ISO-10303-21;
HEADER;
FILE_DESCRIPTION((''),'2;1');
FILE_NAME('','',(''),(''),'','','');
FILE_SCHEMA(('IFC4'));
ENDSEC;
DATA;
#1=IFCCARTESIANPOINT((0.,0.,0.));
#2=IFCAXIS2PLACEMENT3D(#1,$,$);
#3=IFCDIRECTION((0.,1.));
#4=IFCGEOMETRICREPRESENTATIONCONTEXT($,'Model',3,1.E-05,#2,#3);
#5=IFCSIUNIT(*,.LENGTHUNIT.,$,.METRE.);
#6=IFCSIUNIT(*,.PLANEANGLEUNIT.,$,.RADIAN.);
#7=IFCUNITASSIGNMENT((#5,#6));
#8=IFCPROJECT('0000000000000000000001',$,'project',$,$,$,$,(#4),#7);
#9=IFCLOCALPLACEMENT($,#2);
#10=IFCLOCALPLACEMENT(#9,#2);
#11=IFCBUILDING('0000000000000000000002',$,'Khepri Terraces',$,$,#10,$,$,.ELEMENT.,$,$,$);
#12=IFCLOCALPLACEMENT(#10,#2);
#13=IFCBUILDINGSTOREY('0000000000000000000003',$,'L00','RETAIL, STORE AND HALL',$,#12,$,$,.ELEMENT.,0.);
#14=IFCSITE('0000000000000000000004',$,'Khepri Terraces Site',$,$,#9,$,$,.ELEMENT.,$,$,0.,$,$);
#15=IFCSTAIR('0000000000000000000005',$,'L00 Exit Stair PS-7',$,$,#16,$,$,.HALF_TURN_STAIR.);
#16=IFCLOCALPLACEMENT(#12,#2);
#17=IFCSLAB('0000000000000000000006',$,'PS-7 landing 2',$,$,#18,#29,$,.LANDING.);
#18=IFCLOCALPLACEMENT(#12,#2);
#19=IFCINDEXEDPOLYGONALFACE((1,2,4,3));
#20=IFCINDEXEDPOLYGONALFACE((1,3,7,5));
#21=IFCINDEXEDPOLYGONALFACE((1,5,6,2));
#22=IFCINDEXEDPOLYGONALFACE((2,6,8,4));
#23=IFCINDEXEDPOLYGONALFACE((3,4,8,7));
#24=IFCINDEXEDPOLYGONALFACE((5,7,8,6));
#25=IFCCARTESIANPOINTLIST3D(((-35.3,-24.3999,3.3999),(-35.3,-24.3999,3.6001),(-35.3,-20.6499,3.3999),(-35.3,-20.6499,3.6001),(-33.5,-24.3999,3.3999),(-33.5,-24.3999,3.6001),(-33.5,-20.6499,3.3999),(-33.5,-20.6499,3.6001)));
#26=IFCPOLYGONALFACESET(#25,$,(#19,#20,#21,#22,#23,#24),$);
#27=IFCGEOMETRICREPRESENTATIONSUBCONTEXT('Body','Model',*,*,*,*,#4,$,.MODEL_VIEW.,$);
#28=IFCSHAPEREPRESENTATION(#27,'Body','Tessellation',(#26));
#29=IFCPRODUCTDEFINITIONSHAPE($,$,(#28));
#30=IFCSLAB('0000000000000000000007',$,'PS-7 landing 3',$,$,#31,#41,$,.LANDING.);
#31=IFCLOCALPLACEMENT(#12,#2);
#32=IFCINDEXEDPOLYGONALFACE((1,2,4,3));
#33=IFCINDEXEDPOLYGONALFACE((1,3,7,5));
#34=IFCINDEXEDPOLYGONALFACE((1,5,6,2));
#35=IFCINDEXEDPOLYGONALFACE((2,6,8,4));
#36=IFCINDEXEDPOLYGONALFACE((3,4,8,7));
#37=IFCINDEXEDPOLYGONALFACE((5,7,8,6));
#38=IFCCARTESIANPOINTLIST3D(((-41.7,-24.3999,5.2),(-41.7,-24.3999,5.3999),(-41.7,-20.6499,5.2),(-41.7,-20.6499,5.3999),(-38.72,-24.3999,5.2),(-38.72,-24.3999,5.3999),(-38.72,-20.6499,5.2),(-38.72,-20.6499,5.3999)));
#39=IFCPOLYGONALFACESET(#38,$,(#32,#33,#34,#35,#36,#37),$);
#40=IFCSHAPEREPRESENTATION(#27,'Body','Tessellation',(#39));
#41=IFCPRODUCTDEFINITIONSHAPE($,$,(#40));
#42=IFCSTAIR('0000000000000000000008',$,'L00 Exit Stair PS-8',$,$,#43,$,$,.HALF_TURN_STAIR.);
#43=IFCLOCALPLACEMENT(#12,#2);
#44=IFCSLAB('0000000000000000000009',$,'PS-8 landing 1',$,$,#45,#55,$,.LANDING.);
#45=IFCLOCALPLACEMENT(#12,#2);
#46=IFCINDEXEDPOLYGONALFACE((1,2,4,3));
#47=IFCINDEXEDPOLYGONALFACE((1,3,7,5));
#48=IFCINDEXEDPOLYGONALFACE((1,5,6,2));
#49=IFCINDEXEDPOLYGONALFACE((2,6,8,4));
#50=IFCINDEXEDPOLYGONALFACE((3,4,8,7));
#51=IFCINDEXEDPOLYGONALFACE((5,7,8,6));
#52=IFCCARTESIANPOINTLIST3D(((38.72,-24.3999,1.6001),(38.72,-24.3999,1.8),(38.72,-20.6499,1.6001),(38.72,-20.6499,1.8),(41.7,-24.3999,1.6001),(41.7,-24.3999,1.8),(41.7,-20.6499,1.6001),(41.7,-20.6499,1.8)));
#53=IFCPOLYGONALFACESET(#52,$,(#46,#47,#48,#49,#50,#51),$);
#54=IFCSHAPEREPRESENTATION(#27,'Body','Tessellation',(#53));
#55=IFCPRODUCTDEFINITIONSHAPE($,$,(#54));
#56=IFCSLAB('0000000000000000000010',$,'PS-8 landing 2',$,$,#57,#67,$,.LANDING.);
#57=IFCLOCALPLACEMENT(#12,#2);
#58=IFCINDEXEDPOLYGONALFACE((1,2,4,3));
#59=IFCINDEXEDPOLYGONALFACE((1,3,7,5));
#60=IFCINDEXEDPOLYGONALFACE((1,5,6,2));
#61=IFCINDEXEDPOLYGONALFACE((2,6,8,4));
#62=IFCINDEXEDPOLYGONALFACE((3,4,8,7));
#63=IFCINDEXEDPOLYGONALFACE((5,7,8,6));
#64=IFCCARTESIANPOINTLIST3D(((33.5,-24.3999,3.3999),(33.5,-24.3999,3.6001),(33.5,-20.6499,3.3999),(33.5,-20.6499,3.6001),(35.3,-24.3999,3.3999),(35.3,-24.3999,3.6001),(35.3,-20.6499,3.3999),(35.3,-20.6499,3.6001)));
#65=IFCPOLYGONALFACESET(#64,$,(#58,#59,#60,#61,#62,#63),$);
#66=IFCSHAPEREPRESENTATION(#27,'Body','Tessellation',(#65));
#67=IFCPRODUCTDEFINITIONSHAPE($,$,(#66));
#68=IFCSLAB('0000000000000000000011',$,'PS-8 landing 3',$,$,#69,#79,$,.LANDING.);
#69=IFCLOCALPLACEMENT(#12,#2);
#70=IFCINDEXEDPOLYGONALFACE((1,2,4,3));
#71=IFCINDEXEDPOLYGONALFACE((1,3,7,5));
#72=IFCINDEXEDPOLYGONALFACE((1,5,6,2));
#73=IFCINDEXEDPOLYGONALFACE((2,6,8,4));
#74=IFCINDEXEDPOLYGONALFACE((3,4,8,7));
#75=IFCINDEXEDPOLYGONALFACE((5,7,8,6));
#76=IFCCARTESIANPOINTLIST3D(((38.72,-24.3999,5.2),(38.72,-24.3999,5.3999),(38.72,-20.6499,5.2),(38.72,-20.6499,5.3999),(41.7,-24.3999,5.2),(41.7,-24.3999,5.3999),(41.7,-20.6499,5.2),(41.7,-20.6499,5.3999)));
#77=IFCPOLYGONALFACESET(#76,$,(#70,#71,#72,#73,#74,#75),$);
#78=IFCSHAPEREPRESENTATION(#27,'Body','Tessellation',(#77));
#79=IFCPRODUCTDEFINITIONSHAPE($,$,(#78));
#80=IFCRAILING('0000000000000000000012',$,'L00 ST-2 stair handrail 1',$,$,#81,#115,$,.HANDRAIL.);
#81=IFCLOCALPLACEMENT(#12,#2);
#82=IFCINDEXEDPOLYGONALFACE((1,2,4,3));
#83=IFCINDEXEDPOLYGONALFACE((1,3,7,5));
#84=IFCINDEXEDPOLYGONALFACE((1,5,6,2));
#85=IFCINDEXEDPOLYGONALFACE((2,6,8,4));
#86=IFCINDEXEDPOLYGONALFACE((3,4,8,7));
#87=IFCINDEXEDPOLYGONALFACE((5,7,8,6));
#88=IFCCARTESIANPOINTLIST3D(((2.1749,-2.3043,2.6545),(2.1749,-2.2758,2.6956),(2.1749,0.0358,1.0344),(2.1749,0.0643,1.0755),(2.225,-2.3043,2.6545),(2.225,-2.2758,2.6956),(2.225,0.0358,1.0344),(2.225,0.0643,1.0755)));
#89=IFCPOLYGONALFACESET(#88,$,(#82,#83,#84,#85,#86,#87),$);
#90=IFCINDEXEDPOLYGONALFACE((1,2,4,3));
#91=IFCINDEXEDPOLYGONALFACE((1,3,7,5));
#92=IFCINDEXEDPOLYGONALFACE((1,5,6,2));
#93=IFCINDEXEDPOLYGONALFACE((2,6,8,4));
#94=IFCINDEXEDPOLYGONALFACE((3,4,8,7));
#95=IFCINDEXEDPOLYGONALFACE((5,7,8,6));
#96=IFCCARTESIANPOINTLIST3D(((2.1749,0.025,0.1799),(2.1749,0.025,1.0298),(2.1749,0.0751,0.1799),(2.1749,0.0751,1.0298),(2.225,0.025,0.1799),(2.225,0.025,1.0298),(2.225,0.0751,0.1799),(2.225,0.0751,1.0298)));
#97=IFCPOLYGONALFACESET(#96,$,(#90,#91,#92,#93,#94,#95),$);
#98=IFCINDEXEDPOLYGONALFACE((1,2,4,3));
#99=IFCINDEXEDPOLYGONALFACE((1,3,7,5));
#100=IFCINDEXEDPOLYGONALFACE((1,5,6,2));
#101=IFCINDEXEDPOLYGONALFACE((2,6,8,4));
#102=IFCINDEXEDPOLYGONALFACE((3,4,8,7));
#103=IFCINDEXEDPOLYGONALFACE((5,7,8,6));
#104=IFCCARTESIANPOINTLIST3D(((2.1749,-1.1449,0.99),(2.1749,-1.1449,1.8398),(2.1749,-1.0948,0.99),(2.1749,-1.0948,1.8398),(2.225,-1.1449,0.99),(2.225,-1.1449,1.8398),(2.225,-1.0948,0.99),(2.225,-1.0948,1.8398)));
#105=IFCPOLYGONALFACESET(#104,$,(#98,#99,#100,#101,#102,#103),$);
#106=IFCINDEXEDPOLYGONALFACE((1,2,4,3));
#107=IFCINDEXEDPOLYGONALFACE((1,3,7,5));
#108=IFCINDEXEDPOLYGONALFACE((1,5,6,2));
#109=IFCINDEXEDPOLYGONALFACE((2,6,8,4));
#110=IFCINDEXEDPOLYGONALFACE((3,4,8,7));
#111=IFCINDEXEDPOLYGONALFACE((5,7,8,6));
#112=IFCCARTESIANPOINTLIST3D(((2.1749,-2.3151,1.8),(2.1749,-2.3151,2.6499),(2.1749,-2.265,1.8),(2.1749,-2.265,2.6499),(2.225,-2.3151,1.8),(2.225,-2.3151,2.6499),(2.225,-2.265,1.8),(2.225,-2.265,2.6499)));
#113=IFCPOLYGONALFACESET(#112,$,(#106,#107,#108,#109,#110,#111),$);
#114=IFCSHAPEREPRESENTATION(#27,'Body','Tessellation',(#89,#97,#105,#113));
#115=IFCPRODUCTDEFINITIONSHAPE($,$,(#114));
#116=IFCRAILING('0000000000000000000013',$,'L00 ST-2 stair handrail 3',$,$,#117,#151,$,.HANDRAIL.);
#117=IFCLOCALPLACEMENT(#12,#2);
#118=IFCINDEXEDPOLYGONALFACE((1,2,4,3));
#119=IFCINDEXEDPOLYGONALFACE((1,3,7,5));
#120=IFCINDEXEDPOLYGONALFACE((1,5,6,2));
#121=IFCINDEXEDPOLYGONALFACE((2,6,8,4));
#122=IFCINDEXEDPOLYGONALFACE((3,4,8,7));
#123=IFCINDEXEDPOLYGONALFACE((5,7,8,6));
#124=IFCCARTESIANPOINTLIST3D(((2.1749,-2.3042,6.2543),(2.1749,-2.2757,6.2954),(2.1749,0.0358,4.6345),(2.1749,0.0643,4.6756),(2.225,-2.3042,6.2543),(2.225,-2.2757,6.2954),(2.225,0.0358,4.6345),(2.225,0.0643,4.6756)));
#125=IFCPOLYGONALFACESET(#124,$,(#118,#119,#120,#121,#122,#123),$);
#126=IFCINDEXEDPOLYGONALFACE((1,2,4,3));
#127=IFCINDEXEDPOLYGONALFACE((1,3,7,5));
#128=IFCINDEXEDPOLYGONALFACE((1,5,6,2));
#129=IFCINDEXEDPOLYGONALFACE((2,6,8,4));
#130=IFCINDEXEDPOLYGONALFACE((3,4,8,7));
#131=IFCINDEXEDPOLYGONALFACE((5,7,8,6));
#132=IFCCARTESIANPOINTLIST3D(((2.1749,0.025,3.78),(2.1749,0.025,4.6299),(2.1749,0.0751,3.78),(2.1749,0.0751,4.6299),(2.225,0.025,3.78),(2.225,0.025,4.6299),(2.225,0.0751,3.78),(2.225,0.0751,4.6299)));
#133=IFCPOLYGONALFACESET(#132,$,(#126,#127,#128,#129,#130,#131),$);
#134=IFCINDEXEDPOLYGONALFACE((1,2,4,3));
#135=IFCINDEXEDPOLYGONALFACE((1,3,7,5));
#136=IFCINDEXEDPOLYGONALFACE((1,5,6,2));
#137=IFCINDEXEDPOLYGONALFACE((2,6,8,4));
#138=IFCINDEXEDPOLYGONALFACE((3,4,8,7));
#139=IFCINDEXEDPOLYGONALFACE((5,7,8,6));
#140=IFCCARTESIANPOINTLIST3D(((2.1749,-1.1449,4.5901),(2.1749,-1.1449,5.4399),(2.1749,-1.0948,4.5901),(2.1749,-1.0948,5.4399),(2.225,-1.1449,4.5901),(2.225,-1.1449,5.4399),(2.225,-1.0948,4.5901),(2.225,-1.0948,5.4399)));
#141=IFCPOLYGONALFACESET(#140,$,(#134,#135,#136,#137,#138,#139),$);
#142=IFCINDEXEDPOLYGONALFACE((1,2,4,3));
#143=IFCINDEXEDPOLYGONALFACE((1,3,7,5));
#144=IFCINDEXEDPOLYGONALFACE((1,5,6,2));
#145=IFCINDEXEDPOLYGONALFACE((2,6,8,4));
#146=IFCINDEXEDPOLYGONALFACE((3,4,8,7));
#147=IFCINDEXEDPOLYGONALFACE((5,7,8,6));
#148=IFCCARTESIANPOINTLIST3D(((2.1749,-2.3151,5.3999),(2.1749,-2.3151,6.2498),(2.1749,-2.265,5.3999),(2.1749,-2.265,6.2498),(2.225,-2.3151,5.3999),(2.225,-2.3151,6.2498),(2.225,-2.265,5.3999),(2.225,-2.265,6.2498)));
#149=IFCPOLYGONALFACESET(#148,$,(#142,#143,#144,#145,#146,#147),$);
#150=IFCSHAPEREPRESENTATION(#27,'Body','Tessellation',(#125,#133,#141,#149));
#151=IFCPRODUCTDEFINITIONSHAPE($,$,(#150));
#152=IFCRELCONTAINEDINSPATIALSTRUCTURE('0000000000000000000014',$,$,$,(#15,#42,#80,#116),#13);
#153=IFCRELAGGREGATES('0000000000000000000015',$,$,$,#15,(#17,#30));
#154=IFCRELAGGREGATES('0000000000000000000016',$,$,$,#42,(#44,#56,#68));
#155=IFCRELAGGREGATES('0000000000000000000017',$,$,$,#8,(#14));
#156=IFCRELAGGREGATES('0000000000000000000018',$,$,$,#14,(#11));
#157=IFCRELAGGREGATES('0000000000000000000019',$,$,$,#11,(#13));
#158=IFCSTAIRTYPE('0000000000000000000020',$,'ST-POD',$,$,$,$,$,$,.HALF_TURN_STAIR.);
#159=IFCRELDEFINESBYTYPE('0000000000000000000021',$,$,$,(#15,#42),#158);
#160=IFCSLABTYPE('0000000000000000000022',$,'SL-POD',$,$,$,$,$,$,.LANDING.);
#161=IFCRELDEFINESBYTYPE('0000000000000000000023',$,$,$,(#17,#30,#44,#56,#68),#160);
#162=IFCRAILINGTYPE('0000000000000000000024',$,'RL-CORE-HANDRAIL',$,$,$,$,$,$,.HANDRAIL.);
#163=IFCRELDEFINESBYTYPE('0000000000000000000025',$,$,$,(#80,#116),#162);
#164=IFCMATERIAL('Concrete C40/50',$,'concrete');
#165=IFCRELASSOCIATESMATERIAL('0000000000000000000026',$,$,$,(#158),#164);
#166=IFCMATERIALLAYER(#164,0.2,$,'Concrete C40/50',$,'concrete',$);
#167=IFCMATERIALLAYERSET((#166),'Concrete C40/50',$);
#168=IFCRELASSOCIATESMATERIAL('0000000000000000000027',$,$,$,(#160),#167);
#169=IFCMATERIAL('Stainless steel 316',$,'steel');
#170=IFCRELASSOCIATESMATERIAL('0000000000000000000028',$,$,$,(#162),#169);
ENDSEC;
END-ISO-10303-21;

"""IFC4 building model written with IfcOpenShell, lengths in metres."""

from ifc_helpers import new_model, si_unit, direction, frame, origin, origin_2d, place, context, subcontext, project, spatial, polyline, rectangle, outline, extrude, material, layer, layer_set, type_object, element, aggregate, save


model = new_model("IFC4")

# Units and contexts
model_context = context("Model", 3, precision=1e-05, world=origin(), true_north=direction((0.0, 1.0)))
body_context = subcontext(model_context, "Body", "Model", "MODEL_VIEW")
ifc_project = project(units=[si_unit("LENGTHUNIT", "METRE"), si_unit("PLANEANGLEUNIT", "RADIAN")], contexts=[model_context])

# Site, building, storey
site_placement = place(None, origin())
site = spatial("IfcSite", under=ifc_project, at=site_placement, Name="Khepri Terraces Site", CompositionType="ELEMENT", RefElevation=0.0)
building_placement = place(site_placement, origin())
building = spatial("IfcBuilding", under=site, at=building_placement, Name="Khepri Terraces", CompositionType="ELEMENT")
storey_placement = place(building_placement, origin())
storey = spatial("IfcBuildingStorey", under=building, at=storey_placement, Name="L00", Description="RETAIL, STORE AND HALL", CompositionType="ELEMENT", Elevation=0.0)

# Stairs, slabs
ifc_material_1 = material(Name="Concrete C40/50", Category="concrete")
stair_type = type_object("IfcStairType", Name="ST-POD", PredefinedType="HALF_TURN_STAIR", material=ifc_material_1)
ifc_layer = layer(ifc_material_1, 0.2, Name="Concrete C40/50", Category="concrete")
ifc_layer_set = layer_set([ifc_layer], Name="Concrete C40/50")
slab_type = type_object("IfcSlabType", Name="SL-POD", PredefinedType="LANDING", material=ifc_layer_set)
stair_1_placement = place(storey_placement, origin())
stair_1 = element("IfcStair", 1, at=stair_1_placement, inside=storey, type_object=stair_type, Name="L00 Exit Stair PS-7", PredefinedType="HALF_TURN_STAIR")
slab_1_placement = place(storey_placement, frame((0.0, 0.0, 3.3999)))
slab_1 = element("IfcSlab", 2, at=slab_1_placement, type_object=slab_type, Name="PS-7 landing 2", PredefinedType="LANDING", context=body_context, shape_type="SweptSolid", body=[
    extrude(outline(polyline([(-33.5, -20.6499), (-35.3, -20.6499), (-35.3, -24.3999), (-33.5, -24.3999), (-33.5, -20.6499)])), origin(), (0.0, 0.0, 1.0), 0.2002),
])
slab_2_placement = place(storey_placement, frame((0.0, 0.0, 5.2)))
slab_2 = element("IfcSlab", 3, at=slab_2_placement, type_object=slab_type, Name="PS-7 landing 3", PredefinedType="LANDING", context=body_context, shape_type="SweptSolid", body=[
    extrude(outline(polyline([(-38.72, -20.6499), (-41.7, -20.6499), (-41.7, -24.3999), (-38.72, -24.3999), (-38.72, -20.6499)])), origin(), (0.0, 0.0, 1.0), 0.2),
])
aggregate(stair_1, [slab_1, slab_2])
stair_2_placement = place(storey_placement, origin())
stair_2 = element("IfcStair", 4, at=stair_2_placement, inside=storey, type_object=stair_type, Name="L00 Exit Stair PS-8", PredefinedType="HALF_TURN_STAIR")
slab_3_placement = place(storey_placement, frame((0.0, 0.0, 1.6001)))
slab_3 = element("IfcSlab", 5, at=slab_3_placement, type_object=slab_type, Name="PS-8 landing 1", PredefinedType="LANDING", context=body_context, shape_type="SweptSolid", body=[
    extrude(outline(polyline([(38.72, -24.3999), (41.7, -24.3999), (41.7, -20.6499), (38.72, -20.6499), (38.72, -24.3999)])), origin(), (0.0, 0.0, 1.0), 0.2),
])
slab_4_placement = place(storey_placement, frame((0.0, 0.0, 3.3999)))
slab_4 = element("IfcSlab", 6, at=slab_4_placement, type_object=slab_type, Name="PS-8 landing 2", PredefinedType="LANDING", context=body_context, shape_type="SweptSolid", body=[
    extrude(outline(polyline([(33.5, -24.3999), (35.3, -24.3999), (35.3, -20.6499), (33.5, -20.6499), (33.5, -24.3999)])), origin(), (0.0, 0.0, 1.0), 0.2002),
])
slab_5_placement = place(storey_placement, frame((0.0, 0.0, 5.2)))
slab_5 = element("IfcSlab", 7, at=slab_5_placement, type_object=slab_type, Name="PS-8 landing 3", PredefinedType="LANDING", context=body_context, shape_type="SweptSolid", body=[
    extrude(outline(polyline([(38.72, -24.3999), (41.7, -24.3999), (41.7, -20.6499), (38.72, -20.6499), (38.72, -24.3999)])), origin(), (0.0, 0.0, 1.0), 0.2),
])
aggregate(stair_2, [slab_3, slab_4, slab_5])

# Railings
ifc_material_2 = material(Name="Stainless steel 316", Category="steel")
railing_type = type_object("IfcRailingType", Name="RL-CORE-HANDRAIL", PredefinedType="HANDRAIL", material=ifc_material_2)
railing_1_placement = place(storey_placement, frame((2.2, 0.05, 0.1799)))
element("IfcRailing", 8, at=railing_1_placement, inside=storey, type_object=railing_type, Name="L00 ST-2 stair handrail 1", PredefinedType="HANDRAIL", context=body_context, shape_type="SweptSolid", body=[
    extrude(rectangle(XDim=0.05, YDim=0.05, at=origin_2d()), frame((0.0, 0.0, 0.875), z_axis=(0.0, -0.822183, 0.569223), x_axis=(1.0, 0.0, 0.0)), (0.0, 0.0, 1.0), 2.8462),
    extrude(rectangle(XDim=0.05, YDim=0.05, at=origin_2d()), origin(), (0.0, 0.0, 1.0), 0.8499),
    extrude(rectangle(XDim=0.05, YDim=0.05, at=origin_2d()), frame((0.0, -1.1699, 0.8101)), (0.0, 0.0, 1.0), 0.8499),
    extrude(rectangle(XDim=0.05, YDim=0.05, at=origin_2d()), frame((0.0, -2.3401, 1.6201)), (0.0, 0.0, 1.0), 0.8499),
])
railing_2_placement = place(storey_placement, frame((2.2, 0.05, 3.78)))
element("IfcRailing", 9, at=railing_2_placement, inside=storey, type_object=railing_type, Name="L00 ST-2 stair handrail 3", PredefinedType="HANDRAIL", context=body_context, shape_type="SweptSolid", body=[
    extrude(rectangle(XDim=0.05, YDim=0.05, at=origin_2d()), frame((0.0, 0.0, 0.875), z_axis=(0.0, -0.822223, 0.569165), x_axis=(1.0, 0.0, 0.0)), (0.0, 0.0, 1.0), 2.8459),
    extrude(rectangle(XDim=0.05, YDim=0.05, at=origin_2d()), origin(), (0.0, 0.0, 1.0), 0.8499),
    extrude(rectangle(XDim=0.05, YDim=0.05, at=origin_2d()), frame((0.0, -1.1699, 0.8101)), (0.0, 0.0, 1.0), 0.8499),
    extrude(rectangle(XDim=0.05, YDim=0.05, at=origin_2d()), frame((0.0, -2.3401, 1.6199)), (0.0, 0.0, 1.0), 0.8499),
])

save(model, "model.ifc")
